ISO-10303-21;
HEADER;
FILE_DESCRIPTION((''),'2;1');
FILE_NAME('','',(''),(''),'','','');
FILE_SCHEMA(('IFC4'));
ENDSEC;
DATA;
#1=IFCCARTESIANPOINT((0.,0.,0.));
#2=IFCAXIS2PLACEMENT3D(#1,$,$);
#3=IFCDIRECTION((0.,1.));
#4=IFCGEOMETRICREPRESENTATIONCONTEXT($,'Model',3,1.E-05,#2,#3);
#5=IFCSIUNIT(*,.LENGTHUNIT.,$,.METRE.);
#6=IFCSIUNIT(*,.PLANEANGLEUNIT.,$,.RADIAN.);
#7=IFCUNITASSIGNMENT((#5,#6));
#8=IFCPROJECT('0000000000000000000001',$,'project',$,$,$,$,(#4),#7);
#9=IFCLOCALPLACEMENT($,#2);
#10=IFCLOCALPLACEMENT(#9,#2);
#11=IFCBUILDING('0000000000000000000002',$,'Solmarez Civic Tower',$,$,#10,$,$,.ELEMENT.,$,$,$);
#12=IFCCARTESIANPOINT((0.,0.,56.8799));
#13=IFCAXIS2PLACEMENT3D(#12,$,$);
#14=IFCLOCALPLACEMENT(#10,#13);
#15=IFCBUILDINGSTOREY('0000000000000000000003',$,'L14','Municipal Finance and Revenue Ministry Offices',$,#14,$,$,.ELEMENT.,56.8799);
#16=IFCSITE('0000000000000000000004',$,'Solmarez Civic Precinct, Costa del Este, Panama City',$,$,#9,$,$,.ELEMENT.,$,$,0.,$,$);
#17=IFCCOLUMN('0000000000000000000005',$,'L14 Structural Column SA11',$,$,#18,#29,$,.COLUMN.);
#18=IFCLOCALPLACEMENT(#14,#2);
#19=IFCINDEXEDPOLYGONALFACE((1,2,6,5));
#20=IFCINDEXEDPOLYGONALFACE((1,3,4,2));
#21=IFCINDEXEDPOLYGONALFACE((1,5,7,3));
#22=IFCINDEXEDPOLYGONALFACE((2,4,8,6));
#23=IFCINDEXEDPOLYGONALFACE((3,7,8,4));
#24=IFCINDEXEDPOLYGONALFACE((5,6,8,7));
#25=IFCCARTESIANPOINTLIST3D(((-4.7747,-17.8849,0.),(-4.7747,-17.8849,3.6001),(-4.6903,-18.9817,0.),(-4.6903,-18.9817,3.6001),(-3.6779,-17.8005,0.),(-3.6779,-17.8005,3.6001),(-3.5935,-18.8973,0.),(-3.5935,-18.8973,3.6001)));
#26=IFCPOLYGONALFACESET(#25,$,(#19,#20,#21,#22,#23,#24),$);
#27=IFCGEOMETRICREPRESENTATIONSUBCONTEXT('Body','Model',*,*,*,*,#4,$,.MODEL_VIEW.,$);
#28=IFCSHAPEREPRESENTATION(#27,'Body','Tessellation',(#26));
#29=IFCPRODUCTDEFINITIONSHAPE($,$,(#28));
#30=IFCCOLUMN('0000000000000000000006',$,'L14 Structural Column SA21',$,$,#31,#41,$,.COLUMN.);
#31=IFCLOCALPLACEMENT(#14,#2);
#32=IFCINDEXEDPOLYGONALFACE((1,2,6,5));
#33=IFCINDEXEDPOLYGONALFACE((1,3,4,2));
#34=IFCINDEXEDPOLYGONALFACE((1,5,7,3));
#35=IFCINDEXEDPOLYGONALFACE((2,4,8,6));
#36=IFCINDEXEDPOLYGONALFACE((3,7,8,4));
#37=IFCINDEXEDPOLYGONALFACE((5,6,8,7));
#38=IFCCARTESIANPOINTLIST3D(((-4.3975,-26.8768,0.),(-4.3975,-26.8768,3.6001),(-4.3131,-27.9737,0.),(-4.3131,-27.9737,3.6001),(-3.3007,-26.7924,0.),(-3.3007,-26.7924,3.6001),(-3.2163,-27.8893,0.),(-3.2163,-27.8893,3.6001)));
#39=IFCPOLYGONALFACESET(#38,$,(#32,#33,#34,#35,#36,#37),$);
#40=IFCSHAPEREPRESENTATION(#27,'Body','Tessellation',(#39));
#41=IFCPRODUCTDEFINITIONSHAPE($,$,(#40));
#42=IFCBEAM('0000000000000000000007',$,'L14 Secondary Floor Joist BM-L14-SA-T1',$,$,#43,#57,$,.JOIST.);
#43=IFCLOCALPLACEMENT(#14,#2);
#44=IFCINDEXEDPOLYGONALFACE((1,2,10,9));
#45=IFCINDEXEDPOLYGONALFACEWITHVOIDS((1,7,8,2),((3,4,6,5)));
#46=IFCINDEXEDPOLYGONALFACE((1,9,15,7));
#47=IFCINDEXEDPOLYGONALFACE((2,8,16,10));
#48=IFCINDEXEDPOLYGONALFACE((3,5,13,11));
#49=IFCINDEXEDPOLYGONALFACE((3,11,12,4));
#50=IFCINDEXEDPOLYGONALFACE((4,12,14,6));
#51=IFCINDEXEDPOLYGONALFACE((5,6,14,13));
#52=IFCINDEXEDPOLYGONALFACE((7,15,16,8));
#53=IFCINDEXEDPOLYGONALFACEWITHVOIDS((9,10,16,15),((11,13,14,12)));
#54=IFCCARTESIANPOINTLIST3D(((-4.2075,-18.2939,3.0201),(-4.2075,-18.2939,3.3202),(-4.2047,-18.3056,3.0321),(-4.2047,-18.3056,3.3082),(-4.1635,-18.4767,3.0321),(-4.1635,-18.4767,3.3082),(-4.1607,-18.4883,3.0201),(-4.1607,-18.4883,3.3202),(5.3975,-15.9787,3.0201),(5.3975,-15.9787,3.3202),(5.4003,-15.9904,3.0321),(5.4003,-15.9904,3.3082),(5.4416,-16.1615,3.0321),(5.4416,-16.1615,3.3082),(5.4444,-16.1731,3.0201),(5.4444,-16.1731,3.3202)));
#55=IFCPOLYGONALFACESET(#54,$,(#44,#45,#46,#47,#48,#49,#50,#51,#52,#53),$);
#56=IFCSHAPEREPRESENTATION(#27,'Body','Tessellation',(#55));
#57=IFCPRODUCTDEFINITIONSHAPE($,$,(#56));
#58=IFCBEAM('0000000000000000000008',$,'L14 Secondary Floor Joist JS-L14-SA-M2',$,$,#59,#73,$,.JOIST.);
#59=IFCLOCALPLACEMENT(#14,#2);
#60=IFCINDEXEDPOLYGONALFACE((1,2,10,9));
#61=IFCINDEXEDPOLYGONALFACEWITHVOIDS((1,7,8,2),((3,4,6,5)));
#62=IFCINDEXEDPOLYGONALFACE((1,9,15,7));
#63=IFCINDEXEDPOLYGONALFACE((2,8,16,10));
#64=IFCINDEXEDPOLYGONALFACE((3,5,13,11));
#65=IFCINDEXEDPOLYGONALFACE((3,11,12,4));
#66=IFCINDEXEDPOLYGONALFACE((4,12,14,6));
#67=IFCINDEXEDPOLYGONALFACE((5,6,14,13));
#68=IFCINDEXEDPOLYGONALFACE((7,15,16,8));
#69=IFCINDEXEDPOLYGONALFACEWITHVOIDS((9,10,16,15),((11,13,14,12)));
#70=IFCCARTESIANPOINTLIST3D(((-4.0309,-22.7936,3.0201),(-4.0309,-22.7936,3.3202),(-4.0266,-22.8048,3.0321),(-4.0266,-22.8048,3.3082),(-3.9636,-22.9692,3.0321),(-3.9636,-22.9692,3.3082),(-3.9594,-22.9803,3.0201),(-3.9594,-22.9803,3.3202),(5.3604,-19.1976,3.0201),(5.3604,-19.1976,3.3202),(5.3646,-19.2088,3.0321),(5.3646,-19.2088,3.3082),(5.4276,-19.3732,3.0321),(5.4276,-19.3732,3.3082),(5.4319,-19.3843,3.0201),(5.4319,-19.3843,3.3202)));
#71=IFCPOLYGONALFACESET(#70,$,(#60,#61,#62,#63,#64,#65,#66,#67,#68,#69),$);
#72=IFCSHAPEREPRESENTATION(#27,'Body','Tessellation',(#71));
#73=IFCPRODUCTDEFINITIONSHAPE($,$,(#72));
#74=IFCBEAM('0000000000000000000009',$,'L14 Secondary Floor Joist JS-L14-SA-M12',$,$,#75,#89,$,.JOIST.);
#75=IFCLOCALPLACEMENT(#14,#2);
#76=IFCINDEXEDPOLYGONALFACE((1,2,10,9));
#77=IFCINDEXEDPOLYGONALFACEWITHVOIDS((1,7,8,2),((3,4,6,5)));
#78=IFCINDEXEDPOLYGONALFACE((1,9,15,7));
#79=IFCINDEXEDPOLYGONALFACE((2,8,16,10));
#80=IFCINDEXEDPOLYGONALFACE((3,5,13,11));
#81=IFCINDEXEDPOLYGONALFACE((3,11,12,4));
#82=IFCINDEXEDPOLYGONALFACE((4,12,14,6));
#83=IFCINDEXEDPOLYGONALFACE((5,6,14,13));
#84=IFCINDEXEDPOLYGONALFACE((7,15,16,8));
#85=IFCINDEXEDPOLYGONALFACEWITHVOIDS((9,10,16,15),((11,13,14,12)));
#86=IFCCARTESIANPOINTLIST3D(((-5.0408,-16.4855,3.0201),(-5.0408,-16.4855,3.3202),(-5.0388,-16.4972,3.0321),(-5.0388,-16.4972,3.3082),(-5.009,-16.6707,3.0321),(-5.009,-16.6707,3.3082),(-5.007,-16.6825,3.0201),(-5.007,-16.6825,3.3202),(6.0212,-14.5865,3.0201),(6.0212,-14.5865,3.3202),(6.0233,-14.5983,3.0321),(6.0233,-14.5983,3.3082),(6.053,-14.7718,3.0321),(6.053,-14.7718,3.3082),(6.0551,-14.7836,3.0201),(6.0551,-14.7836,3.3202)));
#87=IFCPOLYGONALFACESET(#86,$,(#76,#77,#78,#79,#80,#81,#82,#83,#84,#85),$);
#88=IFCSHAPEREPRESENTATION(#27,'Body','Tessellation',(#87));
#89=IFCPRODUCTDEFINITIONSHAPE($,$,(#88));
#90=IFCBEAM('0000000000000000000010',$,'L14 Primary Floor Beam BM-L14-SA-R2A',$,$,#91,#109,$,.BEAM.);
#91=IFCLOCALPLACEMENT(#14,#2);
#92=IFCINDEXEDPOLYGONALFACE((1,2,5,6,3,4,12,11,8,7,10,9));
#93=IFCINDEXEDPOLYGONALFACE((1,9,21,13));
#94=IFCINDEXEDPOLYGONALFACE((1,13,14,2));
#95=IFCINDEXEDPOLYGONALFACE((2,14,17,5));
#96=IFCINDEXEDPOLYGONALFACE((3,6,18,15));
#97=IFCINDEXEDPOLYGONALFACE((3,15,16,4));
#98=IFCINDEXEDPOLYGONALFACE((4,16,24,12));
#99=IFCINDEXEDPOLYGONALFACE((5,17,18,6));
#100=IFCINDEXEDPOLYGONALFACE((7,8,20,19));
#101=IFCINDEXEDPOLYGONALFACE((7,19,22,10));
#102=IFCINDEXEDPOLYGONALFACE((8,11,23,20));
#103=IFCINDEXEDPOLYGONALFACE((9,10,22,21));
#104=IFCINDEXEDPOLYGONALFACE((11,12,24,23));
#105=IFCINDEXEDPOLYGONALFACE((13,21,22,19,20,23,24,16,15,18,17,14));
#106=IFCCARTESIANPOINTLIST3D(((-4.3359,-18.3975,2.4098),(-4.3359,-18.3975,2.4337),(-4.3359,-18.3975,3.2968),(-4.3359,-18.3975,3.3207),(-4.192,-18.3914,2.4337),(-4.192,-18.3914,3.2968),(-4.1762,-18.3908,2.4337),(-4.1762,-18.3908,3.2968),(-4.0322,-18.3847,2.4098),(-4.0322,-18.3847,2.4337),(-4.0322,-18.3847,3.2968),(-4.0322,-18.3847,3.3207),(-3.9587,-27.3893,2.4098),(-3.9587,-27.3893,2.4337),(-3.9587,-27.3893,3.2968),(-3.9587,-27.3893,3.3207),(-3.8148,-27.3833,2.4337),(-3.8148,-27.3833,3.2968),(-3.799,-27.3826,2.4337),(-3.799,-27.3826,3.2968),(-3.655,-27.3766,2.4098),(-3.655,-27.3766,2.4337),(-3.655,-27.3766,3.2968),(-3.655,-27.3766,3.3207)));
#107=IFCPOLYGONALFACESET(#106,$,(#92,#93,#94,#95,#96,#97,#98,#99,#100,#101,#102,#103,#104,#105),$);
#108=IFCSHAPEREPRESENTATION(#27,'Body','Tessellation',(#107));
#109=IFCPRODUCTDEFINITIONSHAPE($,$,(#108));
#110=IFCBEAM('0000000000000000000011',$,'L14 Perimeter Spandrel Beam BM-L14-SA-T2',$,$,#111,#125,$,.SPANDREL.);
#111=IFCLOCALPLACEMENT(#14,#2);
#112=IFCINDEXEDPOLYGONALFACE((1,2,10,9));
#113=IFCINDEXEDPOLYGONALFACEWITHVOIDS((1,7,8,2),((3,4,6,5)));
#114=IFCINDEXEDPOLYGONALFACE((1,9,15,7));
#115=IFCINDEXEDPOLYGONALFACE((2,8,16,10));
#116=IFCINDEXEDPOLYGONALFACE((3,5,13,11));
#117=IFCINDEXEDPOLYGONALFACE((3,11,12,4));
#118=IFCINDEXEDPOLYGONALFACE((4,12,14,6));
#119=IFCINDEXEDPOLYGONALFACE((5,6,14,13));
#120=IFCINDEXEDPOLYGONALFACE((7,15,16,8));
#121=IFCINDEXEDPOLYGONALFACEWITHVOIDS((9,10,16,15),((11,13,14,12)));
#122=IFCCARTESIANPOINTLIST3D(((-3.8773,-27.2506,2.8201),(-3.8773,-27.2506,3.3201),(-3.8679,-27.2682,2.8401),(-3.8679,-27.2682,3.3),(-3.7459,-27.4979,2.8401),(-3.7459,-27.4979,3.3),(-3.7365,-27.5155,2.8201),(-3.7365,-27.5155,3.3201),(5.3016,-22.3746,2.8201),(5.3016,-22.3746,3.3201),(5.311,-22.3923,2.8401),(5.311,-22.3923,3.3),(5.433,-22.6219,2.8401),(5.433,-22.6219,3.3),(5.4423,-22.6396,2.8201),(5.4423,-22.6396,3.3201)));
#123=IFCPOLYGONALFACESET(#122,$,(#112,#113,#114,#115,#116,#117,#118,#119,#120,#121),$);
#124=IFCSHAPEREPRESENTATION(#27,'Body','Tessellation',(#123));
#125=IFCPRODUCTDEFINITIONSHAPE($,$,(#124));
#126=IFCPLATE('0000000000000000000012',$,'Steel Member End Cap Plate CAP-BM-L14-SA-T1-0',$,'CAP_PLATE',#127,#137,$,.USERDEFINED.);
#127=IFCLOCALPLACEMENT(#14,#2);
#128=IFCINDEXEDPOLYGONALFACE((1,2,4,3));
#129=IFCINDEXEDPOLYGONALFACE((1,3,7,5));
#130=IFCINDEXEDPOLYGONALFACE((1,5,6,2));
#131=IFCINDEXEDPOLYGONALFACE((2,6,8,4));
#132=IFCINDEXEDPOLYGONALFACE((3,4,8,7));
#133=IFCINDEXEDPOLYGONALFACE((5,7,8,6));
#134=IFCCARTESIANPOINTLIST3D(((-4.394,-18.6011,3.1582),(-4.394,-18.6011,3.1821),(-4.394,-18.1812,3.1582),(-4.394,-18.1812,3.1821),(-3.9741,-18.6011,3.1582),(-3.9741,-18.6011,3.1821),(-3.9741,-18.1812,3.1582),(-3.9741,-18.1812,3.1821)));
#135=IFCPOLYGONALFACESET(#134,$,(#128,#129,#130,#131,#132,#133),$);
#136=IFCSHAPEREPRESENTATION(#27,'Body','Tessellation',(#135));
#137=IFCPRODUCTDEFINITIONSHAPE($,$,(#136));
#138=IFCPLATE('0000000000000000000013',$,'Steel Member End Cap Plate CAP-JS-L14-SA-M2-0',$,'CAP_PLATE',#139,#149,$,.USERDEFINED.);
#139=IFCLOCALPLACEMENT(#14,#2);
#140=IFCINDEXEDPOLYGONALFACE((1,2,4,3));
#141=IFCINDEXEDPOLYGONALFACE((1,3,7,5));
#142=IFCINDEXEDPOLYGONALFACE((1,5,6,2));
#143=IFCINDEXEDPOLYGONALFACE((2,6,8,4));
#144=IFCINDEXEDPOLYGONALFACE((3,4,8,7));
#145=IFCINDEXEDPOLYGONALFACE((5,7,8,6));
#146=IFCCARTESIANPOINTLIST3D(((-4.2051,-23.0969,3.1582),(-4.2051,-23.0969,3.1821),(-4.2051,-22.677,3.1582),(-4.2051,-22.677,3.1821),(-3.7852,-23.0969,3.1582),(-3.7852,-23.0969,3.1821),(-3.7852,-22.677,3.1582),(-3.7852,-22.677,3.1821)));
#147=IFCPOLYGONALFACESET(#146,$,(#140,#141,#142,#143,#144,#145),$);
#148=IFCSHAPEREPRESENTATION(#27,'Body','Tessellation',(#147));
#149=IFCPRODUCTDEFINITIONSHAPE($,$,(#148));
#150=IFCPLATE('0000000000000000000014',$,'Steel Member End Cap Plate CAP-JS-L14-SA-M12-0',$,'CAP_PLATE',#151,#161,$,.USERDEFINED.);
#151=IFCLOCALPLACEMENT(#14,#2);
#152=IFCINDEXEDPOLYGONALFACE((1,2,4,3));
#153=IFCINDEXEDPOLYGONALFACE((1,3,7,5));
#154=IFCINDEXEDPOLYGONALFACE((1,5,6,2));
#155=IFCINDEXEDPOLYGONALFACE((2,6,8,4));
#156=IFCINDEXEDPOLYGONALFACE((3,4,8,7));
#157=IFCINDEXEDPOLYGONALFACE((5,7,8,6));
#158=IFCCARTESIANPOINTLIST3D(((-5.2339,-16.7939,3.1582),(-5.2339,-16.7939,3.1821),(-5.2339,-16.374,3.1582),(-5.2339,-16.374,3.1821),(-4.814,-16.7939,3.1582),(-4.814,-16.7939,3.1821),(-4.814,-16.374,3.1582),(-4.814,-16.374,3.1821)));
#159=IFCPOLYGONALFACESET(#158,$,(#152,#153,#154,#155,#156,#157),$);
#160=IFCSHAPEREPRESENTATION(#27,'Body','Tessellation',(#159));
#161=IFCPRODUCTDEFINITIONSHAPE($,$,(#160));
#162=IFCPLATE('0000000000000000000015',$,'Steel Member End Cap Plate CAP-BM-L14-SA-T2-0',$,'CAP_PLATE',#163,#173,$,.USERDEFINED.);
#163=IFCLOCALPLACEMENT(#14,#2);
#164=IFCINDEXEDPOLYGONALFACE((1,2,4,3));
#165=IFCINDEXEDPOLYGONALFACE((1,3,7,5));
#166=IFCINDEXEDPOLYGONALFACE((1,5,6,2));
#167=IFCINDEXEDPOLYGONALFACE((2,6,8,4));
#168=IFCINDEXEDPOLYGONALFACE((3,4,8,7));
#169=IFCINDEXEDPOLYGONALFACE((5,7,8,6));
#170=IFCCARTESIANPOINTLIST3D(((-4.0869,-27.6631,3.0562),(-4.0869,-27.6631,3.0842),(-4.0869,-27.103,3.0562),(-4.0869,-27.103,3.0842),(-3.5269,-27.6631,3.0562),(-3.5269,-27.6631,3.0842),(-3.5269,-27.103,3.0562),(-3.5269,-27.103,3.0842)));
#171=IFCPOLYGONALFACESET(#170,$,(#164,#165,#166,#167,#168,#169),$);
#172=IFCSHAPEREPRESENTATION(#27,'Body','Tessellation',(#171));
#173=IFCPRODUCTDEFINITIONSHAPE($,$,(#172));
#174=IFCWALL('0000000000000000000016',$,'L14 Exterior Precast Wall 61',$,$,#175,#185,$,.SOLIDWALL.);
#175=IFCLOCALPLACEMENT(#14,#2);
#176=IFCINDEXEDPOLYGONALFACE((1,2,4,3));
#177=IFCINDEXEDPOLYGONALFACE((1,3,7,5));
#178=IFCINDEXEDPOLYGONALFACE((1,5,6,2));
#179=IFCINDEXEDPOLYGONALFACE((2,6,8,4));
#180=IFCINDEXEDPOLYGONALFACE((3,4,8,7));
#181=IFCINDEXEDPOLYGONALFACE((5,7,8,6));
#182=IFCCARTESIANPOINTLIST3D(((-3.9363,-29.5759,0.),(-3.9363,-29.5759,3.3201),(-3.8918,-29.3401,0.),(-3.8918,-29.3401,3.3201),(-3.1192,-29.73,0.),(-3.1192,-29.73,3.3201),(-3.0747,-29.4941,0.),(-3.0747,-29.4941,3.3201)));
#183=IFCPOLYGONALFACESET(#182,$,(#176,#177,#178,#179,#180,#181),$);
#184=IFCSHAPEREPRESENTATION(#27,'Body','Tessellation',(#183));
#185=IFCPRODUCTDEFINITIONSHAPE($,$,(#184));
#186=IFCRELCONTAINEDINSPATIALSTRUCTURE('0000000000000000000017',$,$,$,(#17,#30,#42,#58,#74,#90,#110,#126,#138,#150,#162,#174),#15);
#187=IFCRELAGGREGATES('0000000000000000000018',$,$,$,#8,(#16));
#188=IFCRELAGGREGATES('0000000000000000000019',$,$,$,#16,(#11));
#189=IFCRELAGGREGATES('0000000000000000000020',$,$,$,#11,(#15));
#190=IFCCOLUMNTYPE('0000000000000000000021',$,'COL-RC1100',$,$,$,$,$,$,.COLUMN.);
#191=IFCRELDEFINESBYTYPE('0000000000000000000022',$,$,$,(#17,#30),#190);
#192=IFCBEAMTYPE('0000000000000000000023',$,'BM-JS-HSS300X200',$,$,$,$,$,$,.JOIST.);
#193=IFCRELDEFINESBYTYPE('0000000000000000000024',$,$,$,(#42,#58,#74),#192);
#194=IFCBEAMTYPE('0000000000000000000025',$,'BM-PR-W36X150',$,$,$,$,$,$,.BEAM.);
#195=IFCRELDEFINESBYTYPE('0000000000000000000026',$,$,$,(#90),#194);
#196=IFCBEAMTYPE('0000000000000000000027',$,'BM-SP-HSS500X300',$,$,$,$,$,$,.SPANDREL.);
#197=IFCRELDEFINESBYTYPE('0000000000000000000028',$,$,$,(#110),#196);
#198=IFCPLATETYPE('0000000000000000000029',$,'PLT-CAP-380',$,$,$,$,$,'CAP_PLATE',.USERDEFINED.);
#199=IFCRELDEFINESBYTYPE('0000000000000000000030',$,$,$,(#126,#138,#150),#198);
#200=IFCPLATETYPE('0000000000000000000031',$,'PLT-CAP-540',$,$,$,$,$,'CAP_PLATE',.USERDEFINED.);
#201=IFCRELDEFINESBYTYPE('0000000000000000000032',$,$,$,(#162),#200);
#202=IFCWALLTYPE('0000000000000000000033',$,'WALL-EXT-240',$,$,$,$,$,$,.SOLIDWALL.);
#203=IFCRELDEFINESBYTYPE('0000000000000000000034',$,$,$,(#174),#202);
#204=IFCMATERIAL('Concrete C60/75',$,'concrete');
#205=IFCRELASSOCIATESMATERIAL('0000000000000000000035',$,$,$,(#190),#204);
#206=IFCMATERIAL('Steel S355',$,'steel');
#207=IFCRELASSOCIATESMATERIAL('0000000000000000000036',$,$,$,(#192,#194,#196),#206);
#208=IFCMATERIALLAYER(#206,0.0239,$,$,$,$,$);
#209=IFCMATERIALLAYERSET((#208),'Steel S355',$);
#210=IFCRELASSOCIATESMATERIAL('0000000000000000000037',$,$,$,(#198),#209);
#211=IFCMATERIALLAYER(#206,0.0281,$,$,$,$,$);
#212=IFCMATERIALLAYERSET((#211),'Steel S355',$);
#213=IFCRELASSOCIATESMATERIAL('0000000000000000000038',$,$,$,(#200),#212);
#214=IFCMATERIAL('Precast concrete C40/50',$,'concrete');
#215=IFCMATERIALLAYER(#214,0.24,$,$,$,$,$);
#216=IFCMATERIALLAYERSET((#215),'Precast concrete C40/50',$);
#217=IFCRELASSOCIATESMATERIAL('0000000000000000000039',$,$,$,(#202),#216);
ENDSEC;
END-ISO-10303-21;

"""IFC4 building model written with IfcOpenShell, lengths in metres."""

from ifc_helpers import new_model, si_unit, direction, frame, frame_2d, origin, origin_2d, place, context, subcontext, project, spatial, rectangle, hollow_rectangle, i_section, extrude, material, layer, layer_set, material_profile, profile_set, type_object, element, save


model = new_model("IFC4")

# Units and contexts
model_context = context("Model", 3, precision=1e-05, world=origin(), true_north=direction((0.0, 1.0)))
body_context = subcontext(model_context, "Body", "Model", "MODEL_VIEW")
ifc_project = project(units=[si_unit("LENGTHUNIT", "METRE"), si_unit("PLANEANGLEUNIT", "RADIAN")], contexts=[model_context])

# Site, building, storey
site_placement = place(None, origin())
site = spatial("IfcSite", under=ifc_project, at=site_placement, Name="Solmarez Civic Precinct, Costa del Este, Panama City", CompositionType="ELEMENT", RefElevation=0.0)
building_placement = place(site_placement, origin())
building = spatial("IfcBuilding", under=site, at=building_placement, Name="Solmarez Civic Tower", CompositionType="ELEMENT")
storey_placement = place(building_placement, frame((0.0, 0.0, 56.8799)))
storey = spatial("IfcBuildingStorey", under=building, at=storey_placement, Name="L14", Description="Municipal Finance and Revenue Ministry Offices", CompositionType="ELEMENT", Elevation=56.8799)

# Columns
ifc_material_1 = material(Name="Concrete C60/75", Category="concrete")
ifc_material_profile_1 = material_profile(ifc_material_1, rectangle(XDim=1.1001, YDim=1.1001, at=origin_2d()), Name="RC1100X1100")
ifc_profile_set_1 = profile_set([ifc_material_profile_1], Name="Concrete C60/75")
column_type = type_object("IfcColumnType", Name="COL-RC1100", PredefinedType="COLUMN", material=ifc_profile_set_1)
for number, where, z_axis, x_axis, name in (
    (1, (-4.1841, -18.3911, 0.0), (0.0, 0.0, 1.0), (0.997053, 0.076719, 0.0), "L14 Structural Column SA11"),
    (2, (-3.8069, -27.3831, 0.0), (0.0, 0.0, 1.0), (0.997053, 0.076719, 0.0), "L14 Structural Column SA21"),
):
    element("IfcColumn", number, at=place(storey_placement, frame(where, z_axis=z_axis, x_axis=x_axis)), inside=storey, type_object=column_type, Name=name, PredefinedType="COLUMN", context=body_context, shape_type="SweptSolid", body=[
        extrude(rectangle(XDim=1.1001, YDim=1.1001, at=origin_2d()), origin(), (0.0, 0.0, 1.0), 3.6001),
    ])

# Beams
ifc_material_2 = material(Name="Steel S355", Category="steel")
ifc_material_profile_2 = material_profile(ifc_material_2, hollow_rectangle(XDim=0.2, YDim=0.3, WallThickness=0.012, at=origin_2d()), Name="HSS300X200X12")
ifc_profile_set_2 = profile_set([ifc_material_profile_2], Name="Steel S355")
beam_type_1 = type_object("IfcBeamType", Name="BM-JS-HSS300X200", PredefinedType="JOIST", material=ifc_profile_set_2)
beam_1_placement = place(storey_placement, frame((-4.1841, -18.3911, 3.1702), z_axis=(0.972157, 0.234329, 0.0), x_axis=(-0.234329, 0.972157, 0.0)))
element("IfcBeam", 3, at=beam_1_placement, inside=storey, type_object=beam_type_1, Name="L14 Secondary Floor Joist BM-L14-SA-T1", PredefinedType="JOIST", context=body_context, shape_type="SweptSolid", body=[
    extrude(hollow_rectangle(XDim=0.2, YDim=0.3, WallThickness=0.012, at=origin_2d()), origin(), (0.0, 0.0, 1.0), 9.8801),
])
beam_2_placement = place(storey_placement, frame((-3.9951, -22.887, 3.1702), z_axis=(0.933878, 0.357591, 0.0), x_axis=(-0.357591, 0.933878, 0.0)))
element("IfcBeam", 4, at=beam_2_placement, inside=storey, type_object=beam_type_1, Name="L14 Secondary Floor Joist JS-L14-SA-M2", PredefinedType="JOIST", context=body_context, shape_type="SweptSolid", body=[
    extrude(hollow_rectangle(XDim=0.2, YDim=0.3, WallThickness=0.012, at=origin_2d()), origin(), (0.0, 0.0, 1.0), 10.0562),
])
beam_3_placement = place(storey_placement, frame((-5.0239, -16.584, 3.1702), z_axis=(0.985584, 0.169187, 0.0), x_axis=(-0.169187, 0.985584, 0.0)))
element("IfcBeam", 5, at=beam_3_placement, inside=storey, type_object=beam_type_1, Name="L14 Secondary Floor Joist JS-L14-SA-M12", PredefinedType="JOIST", context=body_context, shape_type="SweptSolid", body=[
    extrude(hollow_rectangle(XDim=0.2, YDim=0.3, WallThickness=0.012, at=origin_2d()), origin(), (0.0, 0.0, 1.0), 11.2239),
])
ifc_material_profile_3 = material_profile(ifc_material_2, i_section(OverallWidth=0.304, OverallDepth=0.9109, WebThickness=0.0159, FlangeThickness=0.0239, at=origin_2d()), Name="W36X150")
ifc_profile_set_3 = profile_set([ifc_material_profile_3], Name="Steel S355")
beam_type_2 = type_object("IfcBeamType", Name="BM-PR-W36X150", PredefinedType="BEAM", material=ifc_profile_set_3)
beam_4_placement = place(storey_placement, frame((-4.1841, -18.3911, 2.8652), z_axis=(0.041911, -0.999121, 0.0), x_axis=(0.999121, 0.041911, 0.0)))
element("IfcBeam", 6, at=beam_4_placement, inside=storey, type_object=beam_type_2, Name="L14 Primary Floor Beam BM-L14-SA-R2A", PredefinedType="BEAM", context=body_context, shape_type="SweptSolid", body=[
    extrude(i_section(OverallWidth=0.304, OverallDepth=0.9109, WebThickness=0.0159, FlangeThickness=0.0239, at=origin_2d()), origin(), (0.0, 0.0, 1.0), 8.9998),
])
ifc_material_profile_4 = material_profile(ifc_material_2, hollow_rectangle(XDim=0.3, YDim=0.5, WallThickness=0.02, at=origin_2d()), Name="HSS500X300X20")
ifc_profile_set_4 = profile_set([ifc_material_profile_4], Name="Steel S355")
beam_type_3 = type_object("IfcBeamType", Name="BM-SP-HSS500X300", PredefinedType="SPANDREL", material=ifc_profile_set_4)
beam_5_placement = place(storey_placement, frame((-3.8069, -27.3831, 3.0701), z_axis=(0.883129, 0.469129, 0.0), x_axis=(-0.469129, 0.883129, 0.0)))
element("IfcBeam", 7, at=beam_5_placement, inside=storey, type_object=beam_type_3, Name="L14 Perimeter Spandrel Beam BM-L14-SA-T2", PredefinedType="SPANDREL", context=body_context, shape_type="SweptSolid", body=[
    extrude(hollow_rectangle(XDim=0.3, YDim=0.5, WallThickness=0.02, at=origin_2d()), origin(), (0.0, 0.0, 1.0), 10.3936),
])

# Plates
ifc_layer_1 = layer(ifc_material_2, 0.0239)
ifc_layer_set_1 = layer_set([ifc_layer_1], Name="Steel S355")
plate_type_1 = type_object("IfcPlateType", Name="PLT-CAP-380", ElementType="CAP_PLATE", PredefinedType="USERDEFINED", material=ifc_layer_set_1)
for number, where, z_axis, x_axis, name in (
    (8, (-4.1841, -18.3911, 3.1582), (0.0, 0.0, 1.0), (1.0, 0.0, 0.0), "Steel Member End Cap Plate CAP-BM-L14-SA-T1-0"),
    (9, (-3.9951, -22.887, 3.1582), (0.0, 0.0, 1.0), (1.0, 0.0, 0.0), "Steel Member End Cap Plate CAP-JS-L14-SA-M2-0"),
    (10, (-5.0239, -16.584, 3.1582), (0.0, 0.0, 1.0), (1.0, 0.0, 0.0), "Steel Member End Cap Plate CAP-JS-L14-SA-M12-0"),
):
    element("IfcPlate", number, at=place(storey_placement, frame(where, z_axis=z_axis, x_axis=x_axis)), inside=storey, type_object=plate_type_1, Name=name, ObjectType="CAP_PLATE", PredefinedType="USERDEFINED", context=body_context, shape_type="SweptSolid", body=[
        extrude(rectangle(XDim=0.4199, YDim=0.4199, at=origin_2d()), origin(), (0.0, 0.0, 1.0), 0.0239),
    ])
ifc_layer_2 = layer(ifc_material_2, 0.0281)
ifc_layer_set_2 = layer_set([ifc_layer_2], Name="Steel S355")
plate_type_2 = type_object("IfcPlateType", Name="PLT-CAP-540", ElementType="CAP_PLATE", PredefinedType="USERDEFINED", material=ifc_layer_set_2)
plate_placement = place(storey_placement, frame((-3.8069, -27.3831, 3.0562), z_axis=(0.0, 0.0, 1.0), x_axis=(1.0, 0.0, 0.0)))
element("IfcPlate", 11, at=plate_placement, inside=storey, type_object=plate_type_2, Name="Steel Member End Cap Plate CAP-BM-L14-SA-T2-0", ObjectType="CAP_PLATE", PredefinedType="USERDEFINED", context=body_context, shape_type="SweptSolid", body=[
    extrude(rectangle(XDim=0.5601, YDim=0.5601, at=origin_2d()), origin(), (0.0, 0.0, 1.0), 0.0281),
])

# Wall
ifc_material_3 = material(Name="Precast concrete C40/50", Category="concrete")
ifc_layer_3 = layer(ifc_material_3, 0.24)
ifc_layer_set_3 = layer_set([ifc_layer_3], Name="Precast concrete C40/50")
wall_type_1 = type_object("IfcWallType", Name="WALL-EXT-240", PredefinedType="SOLIDWALL", material=ifc_layer_set_3)
wall_1_placement = place(storey_placement, frame((-3.0969, -29.6121, 0.0), z_axis=(0.0, 0.0, 1.0), x_axis=(-0.982689, 0.185263, 0.0)))
element("IfcWall", 12, at=wall_1_placement, inside=storey, type_object=wall_type_1, Name="L14 Exterior Precast Wall 61", PredefinedType="SOLIDWALL", context=body_context, shape_type="SweptSolid", body=[
    extrude(rectangle(XDim=0.8315, YDim=0.24, at=frame_2d((0.4158, 0.0))), origin(), (0.0, 0.0, 1.0), 3.3201),
])

save(model, "model.ifc")
